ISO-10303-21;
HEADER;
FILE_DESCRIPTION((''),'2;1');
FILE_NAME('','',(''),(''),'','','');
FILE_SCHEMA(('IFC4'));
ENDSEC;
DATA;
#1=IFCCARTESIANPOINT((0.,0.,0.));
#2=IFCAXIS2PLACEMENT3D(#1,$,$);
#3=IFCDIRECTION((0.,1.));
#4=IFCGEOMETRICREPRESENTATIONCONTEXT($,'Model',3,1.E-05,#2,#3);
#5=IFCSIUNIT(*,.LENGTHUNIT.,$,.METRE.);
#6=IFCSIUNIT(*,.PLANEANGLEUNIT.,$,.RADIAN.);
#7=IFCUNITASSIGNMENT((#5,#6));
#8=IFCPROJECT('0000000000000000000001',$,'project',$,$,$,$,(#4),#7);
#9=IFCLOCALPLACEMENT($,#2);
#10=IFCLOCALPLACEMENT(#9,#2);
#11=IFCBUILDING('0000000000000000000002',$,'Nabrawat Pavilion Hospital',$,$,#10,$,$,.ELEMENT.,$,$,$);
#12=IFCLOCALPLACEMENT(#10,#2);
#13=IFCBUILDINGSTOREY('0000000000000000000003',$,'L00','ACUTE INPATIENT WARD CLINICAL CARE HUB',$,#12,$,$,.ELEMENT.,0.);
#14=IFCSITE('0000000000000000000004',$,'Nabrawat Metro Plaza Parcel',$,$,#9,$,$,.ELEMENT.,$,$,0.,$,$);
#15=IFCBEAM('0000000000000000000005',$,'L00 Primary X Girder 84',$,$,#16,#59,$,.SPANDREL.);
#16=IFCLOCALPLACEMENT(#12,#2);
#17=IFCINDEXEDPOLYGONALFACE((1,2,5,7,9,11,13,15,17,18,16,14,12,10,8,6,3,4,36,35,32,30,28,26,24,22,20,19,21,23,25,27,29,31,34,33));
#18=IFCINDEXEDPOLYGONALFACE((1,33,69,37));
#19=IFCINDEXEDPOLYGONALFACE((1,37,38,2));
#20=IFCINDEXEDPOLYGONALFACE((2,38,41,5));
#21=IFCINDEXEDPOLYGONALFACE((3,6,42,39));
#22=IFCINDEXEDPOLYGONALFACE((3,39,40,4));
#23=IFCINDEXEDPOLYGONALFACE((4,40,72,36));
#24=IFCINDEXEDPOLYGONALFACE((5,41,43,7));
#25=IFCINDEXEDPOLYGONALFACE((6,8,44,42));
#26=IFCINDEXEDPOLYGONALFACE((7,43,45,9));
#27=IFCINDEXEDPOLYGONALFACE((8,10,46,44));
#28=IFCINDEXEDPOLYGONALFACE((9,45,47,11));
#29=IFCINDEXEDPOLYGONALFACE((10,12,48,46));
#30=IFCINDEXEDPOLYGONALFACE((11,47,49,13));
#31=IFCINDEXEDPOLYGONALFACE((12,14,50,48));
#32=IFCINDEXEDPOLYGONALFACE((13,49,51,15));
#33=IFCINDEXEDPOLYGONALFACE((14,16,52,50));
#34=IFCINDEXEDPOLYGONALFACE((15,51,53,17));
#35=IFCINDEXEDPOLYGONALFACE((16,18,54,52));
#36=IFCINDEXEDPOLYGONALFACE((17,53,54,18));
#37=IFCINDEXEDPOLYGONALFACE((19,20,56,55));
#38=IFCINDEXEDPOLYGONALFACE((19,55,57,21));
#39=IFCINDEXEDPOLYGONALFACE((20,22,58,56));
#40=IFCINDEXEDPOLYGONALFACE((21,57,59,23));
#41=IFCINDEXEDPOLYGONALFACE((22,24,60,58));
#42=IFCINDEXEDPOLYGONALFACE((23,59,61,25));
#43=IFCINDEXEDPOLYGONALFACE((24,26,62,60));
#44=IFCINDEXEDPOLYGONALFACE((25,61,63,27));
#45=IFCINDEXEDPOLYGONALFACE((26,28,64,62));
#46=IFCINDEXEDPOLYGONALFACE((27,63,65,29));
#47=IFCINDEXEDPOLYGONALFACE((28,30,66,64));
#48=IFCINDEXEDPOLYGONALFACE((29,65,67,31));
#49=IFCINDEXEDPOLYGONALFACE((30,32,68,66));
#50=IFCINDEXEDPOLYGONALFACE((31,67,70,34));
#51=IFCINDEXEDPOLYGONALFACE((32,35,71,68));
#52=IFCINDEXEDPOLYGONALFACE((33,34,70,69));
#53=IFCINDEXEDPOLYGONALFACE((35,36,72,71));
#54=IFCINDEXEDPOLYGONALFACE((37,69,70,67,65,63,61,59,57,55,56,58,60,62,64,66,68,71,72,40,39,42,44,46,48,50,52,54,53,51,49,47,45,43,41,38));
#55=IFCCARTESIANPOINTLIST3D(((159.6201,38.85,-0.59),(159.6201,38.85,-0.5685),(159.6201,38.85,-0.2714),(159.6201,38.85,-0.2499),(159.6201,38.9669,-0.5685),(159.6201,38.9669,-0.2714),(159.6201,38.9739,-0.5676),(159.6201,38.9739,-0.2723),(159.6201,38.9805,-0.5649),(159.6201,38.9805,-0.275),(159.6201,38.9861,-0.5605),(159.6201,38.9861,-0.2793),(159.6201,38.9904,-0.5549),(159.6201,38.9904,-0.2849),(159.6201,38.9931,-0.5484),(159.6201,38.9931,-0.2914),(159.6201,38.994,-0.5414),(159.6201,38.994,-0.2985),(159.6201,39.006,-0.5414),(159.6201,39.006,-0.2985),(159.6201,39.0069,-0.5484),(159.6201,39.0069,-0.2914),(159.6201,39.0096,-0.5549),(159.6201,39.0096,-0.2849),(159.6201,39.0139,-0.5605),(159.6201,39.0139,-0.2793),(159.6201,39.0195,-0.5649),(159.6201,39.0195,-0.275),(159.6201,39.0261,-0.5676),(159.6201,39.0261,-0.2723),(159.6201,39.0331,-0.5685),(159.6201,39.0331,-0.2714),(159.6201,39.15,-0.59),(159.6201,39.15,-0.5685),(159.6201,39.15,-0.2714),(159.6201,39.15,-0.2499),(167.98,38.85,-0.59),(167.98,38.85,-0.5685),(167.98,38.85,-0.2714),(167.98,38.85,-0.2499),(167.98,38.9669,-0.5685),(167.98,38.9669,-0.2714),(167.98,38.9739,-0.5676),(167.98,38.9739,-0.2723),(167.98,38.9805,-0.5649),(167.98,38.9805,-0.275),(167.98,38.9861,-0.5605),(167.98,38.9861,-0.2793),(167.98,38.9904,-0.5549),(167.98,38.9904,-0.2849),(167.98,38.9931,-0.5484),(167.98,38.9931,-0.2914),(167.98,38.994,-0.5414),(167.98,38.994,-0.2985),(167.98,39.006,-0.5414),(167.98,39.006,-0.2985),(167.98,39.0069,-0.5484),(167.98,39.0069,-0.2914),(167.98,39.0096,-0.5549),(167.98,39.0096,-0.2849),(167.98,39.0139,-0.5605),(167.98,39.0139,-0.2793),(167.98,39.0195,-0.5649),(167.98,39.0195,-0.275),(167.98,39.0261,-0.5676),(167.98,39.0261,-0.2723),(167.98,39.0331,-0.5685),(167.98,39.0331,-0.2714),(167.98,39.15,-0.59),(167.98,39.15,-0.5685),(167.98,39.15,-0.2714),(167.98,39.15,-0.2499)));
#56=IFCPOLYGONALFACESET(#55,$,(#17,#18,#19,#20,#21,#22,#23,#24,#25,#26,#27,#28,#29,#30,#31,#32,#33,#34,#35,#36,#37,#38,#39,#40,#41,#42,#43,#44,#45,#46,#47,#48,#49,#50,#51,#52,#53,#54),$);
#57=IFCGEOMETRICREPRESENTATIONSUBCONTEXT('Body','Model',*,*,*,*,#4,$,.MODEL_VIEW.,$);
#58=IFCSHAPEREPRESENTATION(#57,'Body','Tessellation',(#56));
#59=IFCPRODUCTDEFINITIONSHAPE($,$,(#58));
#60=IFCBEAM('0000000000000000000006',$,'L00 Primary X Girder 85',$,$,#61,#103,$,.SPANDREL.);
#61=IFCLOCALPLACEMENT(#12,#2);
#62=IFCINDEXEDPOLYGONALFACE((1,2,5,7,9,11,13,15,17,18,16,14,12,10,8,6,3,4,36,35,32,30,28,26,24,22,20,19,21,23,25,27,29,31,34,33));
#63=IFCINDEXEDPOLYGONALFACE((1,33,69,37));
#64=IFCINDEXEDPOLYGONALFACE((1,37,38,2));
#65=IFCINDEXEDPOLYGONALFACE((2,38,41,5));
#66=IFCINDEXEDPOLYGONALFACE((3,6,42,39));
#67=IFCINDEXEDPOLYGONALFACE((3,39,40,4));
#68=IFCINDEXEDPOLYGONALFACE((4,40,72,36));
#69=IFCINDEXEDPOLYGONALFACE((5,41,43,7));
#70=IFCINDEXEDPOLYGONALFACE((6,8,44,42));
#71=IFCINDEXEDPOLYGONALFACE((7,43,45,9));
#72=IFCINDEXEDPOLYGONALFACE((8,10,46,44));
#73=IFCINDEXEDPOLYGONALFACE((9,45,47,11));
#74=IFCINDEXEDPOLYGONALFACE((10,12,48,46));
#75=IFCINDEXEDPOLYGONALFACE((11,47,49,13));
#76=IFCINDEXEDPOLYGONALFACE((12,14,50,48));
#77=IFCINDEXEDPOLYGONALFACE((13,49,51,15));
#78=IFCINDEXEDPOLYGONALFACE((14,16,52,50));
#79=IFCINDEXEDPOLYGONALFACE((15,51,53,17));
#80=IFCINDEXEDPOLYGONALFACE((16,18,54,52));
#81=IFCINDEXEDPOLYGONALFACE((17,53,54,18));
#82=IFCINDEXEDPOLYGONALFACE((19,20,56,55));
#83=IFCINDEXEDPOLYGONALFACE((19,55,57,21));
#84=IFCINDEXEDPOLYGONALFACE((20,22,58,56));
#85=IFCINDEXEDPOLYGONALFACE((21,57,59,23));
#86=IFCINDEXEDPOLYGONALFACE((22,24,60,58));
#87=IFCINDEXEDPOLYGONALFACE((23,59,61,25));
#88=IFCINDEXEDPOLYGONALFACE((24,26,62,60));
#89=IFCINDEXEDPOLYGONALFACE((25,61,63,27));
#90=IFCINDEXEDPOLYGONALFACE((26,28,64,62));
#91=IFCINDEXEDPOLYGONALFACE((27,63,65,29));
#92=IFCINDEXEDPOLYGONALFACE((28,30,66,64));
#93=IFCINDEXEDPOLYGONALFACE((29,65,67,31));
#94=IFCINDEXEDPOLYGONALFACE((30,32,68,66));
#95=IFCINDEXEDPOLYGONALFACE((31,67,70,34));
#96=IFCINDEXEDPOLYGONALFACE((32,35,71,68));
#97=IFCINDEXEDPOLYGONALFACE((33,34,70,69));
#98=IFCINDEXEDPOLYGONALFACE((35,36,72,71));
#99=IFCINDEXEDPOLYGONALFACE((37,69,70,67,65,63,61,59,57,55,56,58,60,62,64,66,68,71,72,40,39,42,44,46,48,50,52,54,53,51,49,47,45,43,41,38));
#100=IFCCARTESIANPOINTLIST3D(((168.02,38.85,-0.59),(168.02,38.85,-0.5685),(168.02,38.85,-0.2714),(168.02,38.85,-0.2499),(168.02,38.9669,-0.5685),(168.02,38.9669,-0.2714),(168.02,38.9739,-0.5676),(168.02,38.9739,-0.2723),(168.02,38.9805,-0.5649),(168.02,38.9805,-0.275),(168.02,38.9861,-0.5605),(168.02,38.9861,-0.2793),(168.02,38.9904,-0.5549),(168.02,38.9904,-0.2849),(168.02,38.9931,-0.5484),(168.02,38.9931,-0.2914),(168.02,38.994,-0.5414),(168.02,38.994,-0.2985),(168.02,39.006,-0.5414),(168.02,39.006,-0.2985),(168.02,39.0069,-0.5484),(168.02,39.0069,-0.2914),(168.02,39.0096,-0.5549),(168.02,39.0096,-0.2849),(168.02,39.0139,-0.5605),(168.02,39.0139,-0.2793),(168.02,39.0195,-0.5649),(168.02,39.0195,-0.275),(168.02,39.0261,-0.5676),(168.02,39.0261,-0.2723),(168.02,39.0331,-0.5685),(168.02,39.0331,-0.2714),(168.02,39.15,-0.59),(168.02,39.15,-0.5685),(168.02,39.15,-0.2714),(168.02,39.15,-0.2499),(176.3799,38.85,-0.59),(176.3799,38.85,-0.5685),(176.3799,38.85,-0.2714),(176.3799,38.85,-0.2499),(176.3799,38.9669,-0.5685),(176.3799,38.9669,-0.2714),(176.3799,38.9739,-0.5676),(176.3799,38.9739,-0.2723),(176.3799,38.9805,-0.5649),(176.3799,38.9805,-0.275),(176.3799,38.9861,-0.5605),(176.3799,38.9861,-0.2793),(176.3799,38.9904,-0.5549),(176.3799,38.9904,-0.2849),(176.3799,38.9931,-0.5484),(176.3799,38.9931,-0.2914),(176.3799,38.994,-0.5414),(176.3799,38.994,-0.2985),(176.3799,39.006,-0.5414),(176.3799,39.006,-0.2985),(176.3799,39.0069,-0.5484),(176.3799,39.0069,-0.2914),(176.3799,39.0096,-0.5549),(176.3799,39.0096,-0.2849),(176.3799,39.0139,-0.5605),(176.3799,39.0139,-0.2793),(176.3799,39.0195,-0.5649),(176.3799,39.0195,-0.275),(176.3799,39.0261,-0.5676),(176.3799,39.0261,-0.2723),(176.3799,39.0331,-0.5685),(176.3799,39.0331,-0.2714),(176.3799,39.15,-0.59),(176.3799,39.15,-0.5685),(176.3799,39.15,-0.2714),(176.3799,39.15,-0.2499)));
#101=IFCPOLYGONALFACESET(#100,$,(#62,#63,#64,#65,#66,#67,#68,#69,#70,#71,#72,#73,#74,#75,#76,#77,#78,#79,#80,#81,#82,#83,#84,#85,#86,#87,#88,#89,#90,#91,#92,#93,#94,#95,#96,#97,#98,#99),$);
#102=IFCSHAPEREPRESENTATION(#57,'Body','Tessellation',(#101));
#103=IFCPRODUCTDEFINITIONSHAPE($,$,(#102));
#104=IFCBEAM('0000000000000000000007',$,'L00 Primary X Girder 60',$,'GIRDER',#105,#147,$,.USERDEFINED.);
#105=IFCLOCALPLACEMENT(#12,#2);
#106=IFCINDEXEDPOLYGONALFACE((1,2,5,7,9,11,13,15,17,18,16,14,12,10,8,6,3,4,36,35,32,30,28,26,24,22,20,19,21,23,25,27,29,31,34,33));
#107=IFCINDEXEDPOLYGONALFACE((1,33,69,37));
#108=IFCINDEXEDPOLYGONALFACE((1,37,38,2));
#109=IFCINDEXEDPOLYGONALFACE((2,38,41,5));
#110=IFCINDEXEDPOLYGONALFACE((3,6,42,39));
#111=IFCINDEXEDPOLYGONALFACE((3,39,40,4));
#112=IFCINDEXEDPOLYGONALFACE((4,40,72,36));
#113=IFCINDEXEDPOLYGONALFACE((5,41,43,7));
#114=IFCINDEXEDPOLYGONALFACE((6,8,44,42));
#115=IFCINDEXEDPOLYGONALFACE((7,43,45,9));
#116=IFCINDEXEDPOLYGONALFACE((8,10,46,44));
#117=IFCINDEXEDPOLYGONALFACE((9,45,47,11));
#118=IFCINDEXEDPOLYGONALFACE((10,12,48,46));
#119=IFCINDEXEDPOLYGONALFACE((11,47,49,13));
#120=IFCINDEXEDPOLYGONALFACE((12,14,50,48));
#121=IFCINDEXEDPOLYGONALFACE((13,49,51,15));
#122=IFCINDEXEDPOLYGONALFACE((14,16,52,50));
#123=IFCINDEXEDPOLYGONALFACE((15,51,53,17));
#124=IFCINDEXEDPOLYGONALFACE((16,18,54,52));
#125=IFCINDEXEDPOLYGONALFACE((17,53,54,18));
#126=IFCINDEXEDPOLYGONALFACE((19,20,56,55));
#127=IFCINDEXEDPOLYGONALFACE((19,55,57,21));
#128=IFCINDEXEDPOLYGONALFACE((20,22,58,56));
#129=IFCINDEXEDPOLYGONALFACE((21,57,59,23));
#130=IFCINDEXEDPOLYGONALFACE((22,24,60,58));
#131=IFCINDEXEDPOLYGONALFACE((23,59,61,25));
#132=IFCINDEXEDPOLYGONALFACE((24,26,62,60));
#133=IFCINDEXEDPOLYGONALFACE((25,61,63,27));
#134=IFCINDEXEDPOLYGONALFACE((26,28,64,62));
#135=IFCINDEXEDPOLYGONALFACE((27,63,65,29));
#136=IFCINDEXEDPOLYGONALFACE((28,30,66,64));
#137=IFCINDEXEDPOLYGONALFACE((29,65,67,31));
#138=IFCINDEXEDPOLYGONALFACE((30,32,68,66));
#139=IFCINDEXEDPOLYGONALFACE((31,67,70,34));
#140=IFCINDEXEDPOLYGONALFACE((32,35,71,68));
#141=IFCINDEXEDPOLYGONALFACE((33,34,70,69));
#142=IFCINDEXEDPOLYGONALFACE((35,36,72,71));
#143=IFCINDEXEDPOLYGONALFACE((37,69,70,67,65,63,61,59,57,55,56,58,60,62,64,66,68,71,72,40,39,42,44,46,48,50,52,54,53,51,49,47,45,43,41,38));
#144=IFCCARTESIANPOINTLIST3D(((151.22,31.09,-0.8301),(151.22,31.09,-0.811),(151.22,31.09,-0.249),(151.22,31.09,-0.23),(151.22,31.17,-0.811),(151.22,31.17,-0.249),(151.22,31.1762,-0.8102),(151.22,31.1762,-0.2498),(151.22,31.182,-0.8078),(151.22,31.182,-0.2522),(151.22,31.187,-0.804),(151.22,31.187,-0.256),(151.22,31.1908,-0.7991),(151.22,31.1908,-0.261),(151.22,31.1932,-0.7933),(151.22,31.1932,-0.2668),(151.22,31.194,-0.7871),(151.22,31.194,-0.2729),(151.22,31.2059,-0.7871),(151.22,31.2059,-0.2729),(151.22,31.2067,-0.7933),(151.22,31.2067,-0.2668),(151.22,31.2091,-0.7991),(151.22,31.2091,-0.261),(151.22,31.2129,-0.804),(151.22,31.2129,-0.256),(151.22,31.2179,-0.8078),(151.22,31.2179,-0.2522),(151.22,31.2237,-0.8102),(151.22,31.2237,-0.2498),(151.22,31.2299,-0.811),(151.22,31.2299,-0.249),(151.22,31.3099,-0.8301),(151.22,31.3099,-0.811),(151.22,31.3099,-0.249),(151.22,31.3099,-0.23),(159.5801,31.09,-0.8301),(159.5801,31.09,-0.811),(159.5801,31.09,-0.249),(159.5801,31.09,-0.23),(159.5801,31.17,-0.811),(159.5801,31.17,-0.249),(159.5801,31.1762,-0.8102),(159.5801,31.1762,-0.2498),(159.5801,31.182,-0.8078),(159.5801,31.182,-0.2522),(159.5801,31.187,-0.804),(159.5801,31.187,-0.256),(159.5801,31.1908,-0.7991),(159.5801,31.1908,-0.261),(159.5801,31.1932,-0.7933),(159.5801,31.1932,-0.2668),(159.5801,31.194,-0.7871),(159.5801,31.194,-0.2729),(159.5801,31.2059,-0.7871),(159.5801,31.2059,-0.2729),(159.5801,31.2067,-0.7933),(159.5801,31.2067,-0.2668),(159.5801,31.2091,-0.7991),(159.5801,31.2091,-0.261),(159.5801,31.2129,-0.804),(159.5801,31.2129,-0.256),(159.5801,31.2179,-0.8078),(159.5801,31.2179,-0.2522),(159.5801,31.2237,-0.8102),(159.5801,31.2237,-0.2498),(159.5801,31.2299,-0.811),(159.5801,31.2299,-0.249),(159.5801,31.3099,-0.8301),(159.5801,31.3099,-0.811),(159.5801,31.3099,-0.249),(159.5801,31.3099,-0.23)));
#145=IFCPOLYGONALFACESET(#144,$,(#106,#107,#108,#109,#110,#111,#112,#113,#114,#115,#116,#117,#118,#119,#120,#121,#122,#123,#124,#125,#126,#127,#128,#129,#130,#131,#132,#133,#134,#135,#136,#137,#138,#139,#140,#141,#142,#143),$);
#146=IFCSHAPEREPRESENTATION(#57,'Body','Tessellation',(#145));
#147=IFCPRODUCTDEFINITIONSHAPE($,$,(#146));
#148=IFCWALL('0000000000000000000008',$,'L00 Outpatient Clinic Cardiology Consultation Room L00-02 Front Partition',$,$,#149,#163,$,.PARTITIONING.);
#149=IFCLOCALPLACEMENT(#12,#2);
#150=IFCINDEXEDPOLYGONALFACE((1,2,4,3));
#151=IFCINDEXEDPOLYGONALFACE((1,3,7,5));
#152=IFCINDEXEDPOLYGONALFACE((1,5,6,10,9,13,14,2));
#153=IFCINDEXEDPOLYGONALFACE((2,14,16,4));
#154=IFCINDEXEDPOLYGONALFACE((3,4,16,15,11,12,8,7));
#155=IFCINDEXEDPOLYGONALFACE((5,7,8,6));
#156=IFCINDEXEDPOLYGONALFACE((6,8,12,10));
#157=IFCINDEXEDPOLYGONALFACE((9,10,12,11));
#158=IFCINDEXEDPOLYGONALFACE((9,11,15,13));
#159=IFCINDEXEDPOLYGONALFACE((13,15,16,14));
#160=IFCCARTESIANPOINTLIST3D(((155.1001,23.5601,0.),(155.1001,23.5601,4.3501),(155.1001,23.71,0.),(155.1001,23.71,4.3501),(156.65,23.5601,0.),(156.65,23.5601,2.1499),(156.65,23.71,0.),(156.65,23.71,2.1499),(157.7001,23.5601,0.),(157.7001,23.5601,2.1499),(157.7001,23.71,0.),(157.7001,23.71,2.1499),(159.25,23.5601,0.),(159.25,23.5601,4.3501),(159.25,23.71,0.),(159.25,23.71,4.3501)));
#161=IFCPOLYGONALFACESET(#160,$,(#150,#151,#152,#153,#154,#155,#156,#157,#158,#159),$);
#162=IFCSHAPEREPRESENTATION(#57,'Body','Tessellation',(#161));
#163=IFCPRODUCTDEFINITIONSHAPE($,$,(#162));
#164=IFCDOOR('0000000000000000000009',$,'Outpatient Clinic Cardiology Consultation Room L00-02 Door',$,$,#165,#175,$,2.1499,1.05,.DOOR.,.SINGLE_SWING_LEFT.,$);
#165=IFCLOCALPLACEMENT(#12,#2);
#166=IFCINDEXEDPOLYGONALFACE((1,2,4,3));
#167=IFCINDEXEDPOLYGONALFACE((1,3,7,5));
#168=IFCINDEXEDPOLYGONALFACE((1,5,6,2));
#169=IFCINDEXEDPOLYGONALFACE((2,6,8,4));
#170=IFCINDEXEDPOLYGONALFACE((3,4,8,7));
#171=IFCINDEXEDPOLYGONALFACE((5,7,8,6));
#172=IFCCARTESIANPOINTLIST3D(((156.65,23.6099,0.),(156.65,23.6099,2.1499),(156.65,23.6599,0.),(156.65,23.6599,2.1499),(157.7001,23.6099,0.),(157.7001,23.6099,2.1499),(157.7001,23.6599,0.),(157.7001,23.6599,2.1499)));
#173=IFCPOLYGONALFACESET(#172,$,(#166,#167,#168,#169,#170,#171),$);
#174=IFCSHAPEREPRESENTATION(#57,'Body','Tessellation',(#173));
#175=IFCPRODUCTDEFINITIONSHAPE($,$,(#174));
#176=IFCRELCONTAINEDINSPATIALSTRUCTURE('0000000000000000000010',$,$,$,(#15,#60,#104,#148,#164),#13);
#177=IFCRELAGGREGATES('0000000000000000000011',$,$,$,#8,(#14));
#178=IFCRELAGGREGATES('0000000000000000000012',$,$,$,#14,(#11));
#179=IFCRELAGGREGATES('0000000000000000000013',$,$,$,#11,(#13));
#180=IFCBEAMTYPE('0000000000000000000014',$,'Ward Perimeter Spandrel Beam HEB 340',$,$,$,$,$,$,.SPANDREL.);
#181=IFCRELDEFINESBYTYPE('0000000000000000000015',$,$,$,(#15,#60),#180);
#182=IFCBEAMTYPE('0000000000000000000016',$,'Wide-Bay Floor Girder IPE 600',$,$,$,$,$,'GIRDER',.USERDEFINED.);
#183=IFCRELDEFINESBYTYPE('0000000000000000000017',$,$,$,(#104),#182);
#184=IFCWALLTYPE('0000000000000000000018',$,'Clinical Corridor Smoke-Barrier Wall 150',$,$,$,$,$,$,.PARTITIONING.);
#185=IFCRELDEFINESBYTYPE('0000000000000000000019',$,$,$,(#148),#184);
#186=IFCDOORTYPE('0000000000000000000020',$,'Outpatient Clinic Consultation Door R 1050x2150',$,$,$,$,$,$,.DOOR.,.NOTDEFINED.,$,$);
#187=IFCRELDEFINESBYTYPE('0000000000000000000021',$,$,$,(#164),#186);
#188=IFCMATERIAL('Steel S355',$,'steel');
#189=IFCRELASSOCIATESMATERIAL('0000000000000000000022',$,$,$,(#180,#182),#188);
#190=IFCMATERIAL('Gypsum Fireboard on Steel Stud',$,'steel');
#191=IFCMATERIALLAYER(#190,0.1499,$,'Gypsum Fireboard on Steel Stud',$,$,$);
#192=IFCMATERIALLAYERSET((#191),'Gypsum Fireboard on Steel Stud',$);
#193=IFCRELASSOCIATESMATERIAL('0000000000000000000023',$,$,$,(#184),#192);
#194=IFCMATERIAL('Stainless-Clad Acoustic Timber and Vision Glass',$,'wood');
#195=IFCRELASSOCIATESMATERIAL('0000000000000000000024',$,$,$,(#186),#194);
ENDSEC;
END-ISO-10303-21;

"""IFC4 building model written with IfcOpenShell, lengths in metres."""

from ifc_helpers import new_model, si_unit, direction, frame, frame_2d, origin, origin_2d, place, context, subcontext, project, spatial, rectangle, i_section, extrude, material, layer, layer_set, material_profile, profile_set, type_object, element, fill, save


model = new_model("IFC4")

# Units and contexts
model_context = context("Model", 3, precision=1e-05, world=origin(), true_north=direction((0.0, 1.0)))
body_context = subcontext(model_context, "Body", "Model", "MODEL_VIEW")
ifc_project = project(units=[si_unit("LENGTHUNIT", "METRE"), si_unit("PLANEANGLEUNIT", "RADIAN")], contexts=[model_context])

# Site, building, storey
site_placement = place(None, origin())
site = spatial("IfcSite", under=ifc_project, at=site_placement, Name="Nabrawat Metro Plaza Parcel", CompositionType="ELEMENT", RefElevation=0.0)
building_placement = place(site_placement, origin())
building = spatial("IfcBuilding", under=site, at=building_placement, Name="Nabrawat Pavilion Hospital", CompositionType="ELEMENT")
storey_placement = place(building_placement, origin())
storey = spatial("IfcBuildingStorey", under=building, at=storey_placement, Name="L00", Description="ACUTE INPATIENT WARD CLINICAL CARE HUB", CompositionType="ELEMENT", Elevation=0.0)

# Shared definitions
ifc_material_1 = material(Name="Steel S355", Category="steel")

# Beams
ifc_material_profile_1 = material_profile(ifc_material_1, i_section(OverallWidth=0.3, OverallDepth=0.3401, WebThickness=0.012, FlangeThickness=0.0215, FilletRadius=0.0271, at=origin_2d()), Name="HEB 340")
ifc_profile_set_1 = profile_set([ifc_material_profile_1], Name="Steel S355")
beam_type_1 = type_object("IfcBeamType", Name="Ward Perimeter Spandrel Beam HEB 340", PredefinedType="SPANDREL", material=ifc_profile_set_1)
for number, where, z_axis, x_axis, name in (
    (1, (159.6201, 39.0, -0.4199), (1.0, 0.0, 0.0), (0.0, 1.0, 0.0), "L00 Primary X Girder 84"),
    (2, (168.02, 39.0, -0.4199), (1.0, 0.0, 0.0), (0.0, 1.0, 0.0), "L00 Primary X Girder 85"),
):
    element("IfcBeam", number, at=place(storey_placement, frame(where, z_axis=z_axis, x_axis=x_axis)), inside=storey, type_object=beam_type_1, Name=name, PredefinedType="SPANDREL", context=body_context, shape_type="SweptSolid", body=[
        extrude(i_section(OverallWidth=0.3, OverallDepth=0.3401, WebThickness=0.012, FlangeThickness=0.0215, FilletRadius=0.0271, at=origin_2d()), origin(), (0.0, 0.0, 1.0), 8.3599),
    ])
ifc_material_profile_2 = material_profile(ifc_material_1, i_section(OverallWidth=0.22, OverallDepth=0.6001, WebThickness=0.012, FlangeThickness=0.019, FilletRadius=0.0239, at=origin_2d()), Name="IPE 600")
ifc_profile_set_2 = profile_set([ifc_material_profile_2], Name="Steel S355")
beam_type_2 = type_object("IfcBeamType", Name="Wide-Bay Floor Girder IPE 600", ElementType="GIRDER", PredefinedType="USERDEFINED", material=ifc_profile_set_2)
beam_1_placement = place(storey_placement, frame((151.22, 31.2, -0.53), z_axis=(1.0, 0.0, 0.0), x_axis=(0.0, 1.0, 0.0)))
element("IfcBeam", 3, at=beam_1_placement, inside=storey, type_object=beam_type_2, Name="L00 Primary X Girder 60", ObjectType="GIRDER", PredefinedType="USERDEFINED", context=body_context, shape_type="SweptSolid", body=[
    extrude(i_section(OverallWidth=0.22, OverallDepth=0.6001, WebThickness=0.012, FlangeThickness=0.019, FilletRadius=0.0239, at=origin_2d()), origin(), (0.0, 0.0, 1.0), 8.3601),
])

# Wall, opening, door
ifc_material_2 = material(Name="Gypsum Fireboard on Steel Stud", Category="steel")
ifc_layer_1 = layer(ifc_material_2, 0.1499, Name="Gypsum Fireboard on Steel Stud")
ifc_layer_set_1 = layer_set([ifc_layer_1], Name="Gypsum Fireboard on Steel Stud")
wall_type_1 = type_object("IfcWallType", Name="Clinical Corridor Smoke-Barrier Wall 150", PredefinedType="PARTITIONING", material=ifc_layer_set_1)
wall_1_placement = place(storey_placement, frame((155.1001, 23.635, 0.0), z_axis=(0.0, 0.0, 1.0), x_axis=(1.0, 0.0, 0.0)))
wall_1 = element("IfcWall", 4, at=wall_1_placement, inside=storey, type_object=wall_type_1, Name="L00 Outpatient Clinic Cardiology Consultation Room L00-02 Front Partition", PredefinedType="PARTITIONING", context=body_context, shape_type="SweptSolid", body=[
    extrude(rectangle(XDim=4.1499, YDim=0.1499, at=frame_2d((2.075, 0.0))), origin(), (0.0, 0.0, 1.0), 4.3501),
])
opening_1_placement = place(wall_1_placement, frame((1.55, 0.0, 0.0)))
opening_1 = element("IfcOpeningElement", 5, at=opening_1_placement, cuts=wall_1, PredefinedType="OPENING", context=body_context, shape_type="SweptSolid", body=[
    extrude(rectangle(XDim=1.05, YDim=2.1499, at=frame_2d((0.5249, 1.075))), frame((0.0, 0.085, 0.0), z_axis=(0.0, -1.0, 0.0), x_axis=(1.0, 0.0, 0.0)), (0.0, 0.0, 1.0), 0.1699),
])
ifc_material_3 = material(Name="Stainless-Clad Acoustic Timber and Vision Glass", Category="wood")
door_type_1 = type_object("IfcDoorType", Name="Outpatient Clinic Consultation Door R 1050x2150", OperationType="NOTDEFINED", PredefinedType="DOOR", material=ifc_material_3)
door_1_placement = place(opening_1_placement, origin())
door_1 = element("IfcDoor", 6, at=door_1_placement, inside=storey, type_object=door_type_1, Name="Outpatient Clinic Cardiology Consultation Room L00-02 Door", OperationType="SINGLE_SWING_LEFT", OverallHeight=2.1499, OverallWidth=1.05, PredefinedType="DOOR", context=body_context, shape_type="SweptSolid", body=[
    extrude(rectangle(XDim=1.05, YDim=2.1499, at=frame_2d((0.5249, 1.075))), frame((0.0, 0.0249, 0.0), z_axis=(0.0, -1.0, 0.0), x_axis=(1.0, 0.0, 0.0)), (0.0, 0.0, 1.0), 0.05),
])
fill(opening_1, door_1)

save(model, "model.ifc")
